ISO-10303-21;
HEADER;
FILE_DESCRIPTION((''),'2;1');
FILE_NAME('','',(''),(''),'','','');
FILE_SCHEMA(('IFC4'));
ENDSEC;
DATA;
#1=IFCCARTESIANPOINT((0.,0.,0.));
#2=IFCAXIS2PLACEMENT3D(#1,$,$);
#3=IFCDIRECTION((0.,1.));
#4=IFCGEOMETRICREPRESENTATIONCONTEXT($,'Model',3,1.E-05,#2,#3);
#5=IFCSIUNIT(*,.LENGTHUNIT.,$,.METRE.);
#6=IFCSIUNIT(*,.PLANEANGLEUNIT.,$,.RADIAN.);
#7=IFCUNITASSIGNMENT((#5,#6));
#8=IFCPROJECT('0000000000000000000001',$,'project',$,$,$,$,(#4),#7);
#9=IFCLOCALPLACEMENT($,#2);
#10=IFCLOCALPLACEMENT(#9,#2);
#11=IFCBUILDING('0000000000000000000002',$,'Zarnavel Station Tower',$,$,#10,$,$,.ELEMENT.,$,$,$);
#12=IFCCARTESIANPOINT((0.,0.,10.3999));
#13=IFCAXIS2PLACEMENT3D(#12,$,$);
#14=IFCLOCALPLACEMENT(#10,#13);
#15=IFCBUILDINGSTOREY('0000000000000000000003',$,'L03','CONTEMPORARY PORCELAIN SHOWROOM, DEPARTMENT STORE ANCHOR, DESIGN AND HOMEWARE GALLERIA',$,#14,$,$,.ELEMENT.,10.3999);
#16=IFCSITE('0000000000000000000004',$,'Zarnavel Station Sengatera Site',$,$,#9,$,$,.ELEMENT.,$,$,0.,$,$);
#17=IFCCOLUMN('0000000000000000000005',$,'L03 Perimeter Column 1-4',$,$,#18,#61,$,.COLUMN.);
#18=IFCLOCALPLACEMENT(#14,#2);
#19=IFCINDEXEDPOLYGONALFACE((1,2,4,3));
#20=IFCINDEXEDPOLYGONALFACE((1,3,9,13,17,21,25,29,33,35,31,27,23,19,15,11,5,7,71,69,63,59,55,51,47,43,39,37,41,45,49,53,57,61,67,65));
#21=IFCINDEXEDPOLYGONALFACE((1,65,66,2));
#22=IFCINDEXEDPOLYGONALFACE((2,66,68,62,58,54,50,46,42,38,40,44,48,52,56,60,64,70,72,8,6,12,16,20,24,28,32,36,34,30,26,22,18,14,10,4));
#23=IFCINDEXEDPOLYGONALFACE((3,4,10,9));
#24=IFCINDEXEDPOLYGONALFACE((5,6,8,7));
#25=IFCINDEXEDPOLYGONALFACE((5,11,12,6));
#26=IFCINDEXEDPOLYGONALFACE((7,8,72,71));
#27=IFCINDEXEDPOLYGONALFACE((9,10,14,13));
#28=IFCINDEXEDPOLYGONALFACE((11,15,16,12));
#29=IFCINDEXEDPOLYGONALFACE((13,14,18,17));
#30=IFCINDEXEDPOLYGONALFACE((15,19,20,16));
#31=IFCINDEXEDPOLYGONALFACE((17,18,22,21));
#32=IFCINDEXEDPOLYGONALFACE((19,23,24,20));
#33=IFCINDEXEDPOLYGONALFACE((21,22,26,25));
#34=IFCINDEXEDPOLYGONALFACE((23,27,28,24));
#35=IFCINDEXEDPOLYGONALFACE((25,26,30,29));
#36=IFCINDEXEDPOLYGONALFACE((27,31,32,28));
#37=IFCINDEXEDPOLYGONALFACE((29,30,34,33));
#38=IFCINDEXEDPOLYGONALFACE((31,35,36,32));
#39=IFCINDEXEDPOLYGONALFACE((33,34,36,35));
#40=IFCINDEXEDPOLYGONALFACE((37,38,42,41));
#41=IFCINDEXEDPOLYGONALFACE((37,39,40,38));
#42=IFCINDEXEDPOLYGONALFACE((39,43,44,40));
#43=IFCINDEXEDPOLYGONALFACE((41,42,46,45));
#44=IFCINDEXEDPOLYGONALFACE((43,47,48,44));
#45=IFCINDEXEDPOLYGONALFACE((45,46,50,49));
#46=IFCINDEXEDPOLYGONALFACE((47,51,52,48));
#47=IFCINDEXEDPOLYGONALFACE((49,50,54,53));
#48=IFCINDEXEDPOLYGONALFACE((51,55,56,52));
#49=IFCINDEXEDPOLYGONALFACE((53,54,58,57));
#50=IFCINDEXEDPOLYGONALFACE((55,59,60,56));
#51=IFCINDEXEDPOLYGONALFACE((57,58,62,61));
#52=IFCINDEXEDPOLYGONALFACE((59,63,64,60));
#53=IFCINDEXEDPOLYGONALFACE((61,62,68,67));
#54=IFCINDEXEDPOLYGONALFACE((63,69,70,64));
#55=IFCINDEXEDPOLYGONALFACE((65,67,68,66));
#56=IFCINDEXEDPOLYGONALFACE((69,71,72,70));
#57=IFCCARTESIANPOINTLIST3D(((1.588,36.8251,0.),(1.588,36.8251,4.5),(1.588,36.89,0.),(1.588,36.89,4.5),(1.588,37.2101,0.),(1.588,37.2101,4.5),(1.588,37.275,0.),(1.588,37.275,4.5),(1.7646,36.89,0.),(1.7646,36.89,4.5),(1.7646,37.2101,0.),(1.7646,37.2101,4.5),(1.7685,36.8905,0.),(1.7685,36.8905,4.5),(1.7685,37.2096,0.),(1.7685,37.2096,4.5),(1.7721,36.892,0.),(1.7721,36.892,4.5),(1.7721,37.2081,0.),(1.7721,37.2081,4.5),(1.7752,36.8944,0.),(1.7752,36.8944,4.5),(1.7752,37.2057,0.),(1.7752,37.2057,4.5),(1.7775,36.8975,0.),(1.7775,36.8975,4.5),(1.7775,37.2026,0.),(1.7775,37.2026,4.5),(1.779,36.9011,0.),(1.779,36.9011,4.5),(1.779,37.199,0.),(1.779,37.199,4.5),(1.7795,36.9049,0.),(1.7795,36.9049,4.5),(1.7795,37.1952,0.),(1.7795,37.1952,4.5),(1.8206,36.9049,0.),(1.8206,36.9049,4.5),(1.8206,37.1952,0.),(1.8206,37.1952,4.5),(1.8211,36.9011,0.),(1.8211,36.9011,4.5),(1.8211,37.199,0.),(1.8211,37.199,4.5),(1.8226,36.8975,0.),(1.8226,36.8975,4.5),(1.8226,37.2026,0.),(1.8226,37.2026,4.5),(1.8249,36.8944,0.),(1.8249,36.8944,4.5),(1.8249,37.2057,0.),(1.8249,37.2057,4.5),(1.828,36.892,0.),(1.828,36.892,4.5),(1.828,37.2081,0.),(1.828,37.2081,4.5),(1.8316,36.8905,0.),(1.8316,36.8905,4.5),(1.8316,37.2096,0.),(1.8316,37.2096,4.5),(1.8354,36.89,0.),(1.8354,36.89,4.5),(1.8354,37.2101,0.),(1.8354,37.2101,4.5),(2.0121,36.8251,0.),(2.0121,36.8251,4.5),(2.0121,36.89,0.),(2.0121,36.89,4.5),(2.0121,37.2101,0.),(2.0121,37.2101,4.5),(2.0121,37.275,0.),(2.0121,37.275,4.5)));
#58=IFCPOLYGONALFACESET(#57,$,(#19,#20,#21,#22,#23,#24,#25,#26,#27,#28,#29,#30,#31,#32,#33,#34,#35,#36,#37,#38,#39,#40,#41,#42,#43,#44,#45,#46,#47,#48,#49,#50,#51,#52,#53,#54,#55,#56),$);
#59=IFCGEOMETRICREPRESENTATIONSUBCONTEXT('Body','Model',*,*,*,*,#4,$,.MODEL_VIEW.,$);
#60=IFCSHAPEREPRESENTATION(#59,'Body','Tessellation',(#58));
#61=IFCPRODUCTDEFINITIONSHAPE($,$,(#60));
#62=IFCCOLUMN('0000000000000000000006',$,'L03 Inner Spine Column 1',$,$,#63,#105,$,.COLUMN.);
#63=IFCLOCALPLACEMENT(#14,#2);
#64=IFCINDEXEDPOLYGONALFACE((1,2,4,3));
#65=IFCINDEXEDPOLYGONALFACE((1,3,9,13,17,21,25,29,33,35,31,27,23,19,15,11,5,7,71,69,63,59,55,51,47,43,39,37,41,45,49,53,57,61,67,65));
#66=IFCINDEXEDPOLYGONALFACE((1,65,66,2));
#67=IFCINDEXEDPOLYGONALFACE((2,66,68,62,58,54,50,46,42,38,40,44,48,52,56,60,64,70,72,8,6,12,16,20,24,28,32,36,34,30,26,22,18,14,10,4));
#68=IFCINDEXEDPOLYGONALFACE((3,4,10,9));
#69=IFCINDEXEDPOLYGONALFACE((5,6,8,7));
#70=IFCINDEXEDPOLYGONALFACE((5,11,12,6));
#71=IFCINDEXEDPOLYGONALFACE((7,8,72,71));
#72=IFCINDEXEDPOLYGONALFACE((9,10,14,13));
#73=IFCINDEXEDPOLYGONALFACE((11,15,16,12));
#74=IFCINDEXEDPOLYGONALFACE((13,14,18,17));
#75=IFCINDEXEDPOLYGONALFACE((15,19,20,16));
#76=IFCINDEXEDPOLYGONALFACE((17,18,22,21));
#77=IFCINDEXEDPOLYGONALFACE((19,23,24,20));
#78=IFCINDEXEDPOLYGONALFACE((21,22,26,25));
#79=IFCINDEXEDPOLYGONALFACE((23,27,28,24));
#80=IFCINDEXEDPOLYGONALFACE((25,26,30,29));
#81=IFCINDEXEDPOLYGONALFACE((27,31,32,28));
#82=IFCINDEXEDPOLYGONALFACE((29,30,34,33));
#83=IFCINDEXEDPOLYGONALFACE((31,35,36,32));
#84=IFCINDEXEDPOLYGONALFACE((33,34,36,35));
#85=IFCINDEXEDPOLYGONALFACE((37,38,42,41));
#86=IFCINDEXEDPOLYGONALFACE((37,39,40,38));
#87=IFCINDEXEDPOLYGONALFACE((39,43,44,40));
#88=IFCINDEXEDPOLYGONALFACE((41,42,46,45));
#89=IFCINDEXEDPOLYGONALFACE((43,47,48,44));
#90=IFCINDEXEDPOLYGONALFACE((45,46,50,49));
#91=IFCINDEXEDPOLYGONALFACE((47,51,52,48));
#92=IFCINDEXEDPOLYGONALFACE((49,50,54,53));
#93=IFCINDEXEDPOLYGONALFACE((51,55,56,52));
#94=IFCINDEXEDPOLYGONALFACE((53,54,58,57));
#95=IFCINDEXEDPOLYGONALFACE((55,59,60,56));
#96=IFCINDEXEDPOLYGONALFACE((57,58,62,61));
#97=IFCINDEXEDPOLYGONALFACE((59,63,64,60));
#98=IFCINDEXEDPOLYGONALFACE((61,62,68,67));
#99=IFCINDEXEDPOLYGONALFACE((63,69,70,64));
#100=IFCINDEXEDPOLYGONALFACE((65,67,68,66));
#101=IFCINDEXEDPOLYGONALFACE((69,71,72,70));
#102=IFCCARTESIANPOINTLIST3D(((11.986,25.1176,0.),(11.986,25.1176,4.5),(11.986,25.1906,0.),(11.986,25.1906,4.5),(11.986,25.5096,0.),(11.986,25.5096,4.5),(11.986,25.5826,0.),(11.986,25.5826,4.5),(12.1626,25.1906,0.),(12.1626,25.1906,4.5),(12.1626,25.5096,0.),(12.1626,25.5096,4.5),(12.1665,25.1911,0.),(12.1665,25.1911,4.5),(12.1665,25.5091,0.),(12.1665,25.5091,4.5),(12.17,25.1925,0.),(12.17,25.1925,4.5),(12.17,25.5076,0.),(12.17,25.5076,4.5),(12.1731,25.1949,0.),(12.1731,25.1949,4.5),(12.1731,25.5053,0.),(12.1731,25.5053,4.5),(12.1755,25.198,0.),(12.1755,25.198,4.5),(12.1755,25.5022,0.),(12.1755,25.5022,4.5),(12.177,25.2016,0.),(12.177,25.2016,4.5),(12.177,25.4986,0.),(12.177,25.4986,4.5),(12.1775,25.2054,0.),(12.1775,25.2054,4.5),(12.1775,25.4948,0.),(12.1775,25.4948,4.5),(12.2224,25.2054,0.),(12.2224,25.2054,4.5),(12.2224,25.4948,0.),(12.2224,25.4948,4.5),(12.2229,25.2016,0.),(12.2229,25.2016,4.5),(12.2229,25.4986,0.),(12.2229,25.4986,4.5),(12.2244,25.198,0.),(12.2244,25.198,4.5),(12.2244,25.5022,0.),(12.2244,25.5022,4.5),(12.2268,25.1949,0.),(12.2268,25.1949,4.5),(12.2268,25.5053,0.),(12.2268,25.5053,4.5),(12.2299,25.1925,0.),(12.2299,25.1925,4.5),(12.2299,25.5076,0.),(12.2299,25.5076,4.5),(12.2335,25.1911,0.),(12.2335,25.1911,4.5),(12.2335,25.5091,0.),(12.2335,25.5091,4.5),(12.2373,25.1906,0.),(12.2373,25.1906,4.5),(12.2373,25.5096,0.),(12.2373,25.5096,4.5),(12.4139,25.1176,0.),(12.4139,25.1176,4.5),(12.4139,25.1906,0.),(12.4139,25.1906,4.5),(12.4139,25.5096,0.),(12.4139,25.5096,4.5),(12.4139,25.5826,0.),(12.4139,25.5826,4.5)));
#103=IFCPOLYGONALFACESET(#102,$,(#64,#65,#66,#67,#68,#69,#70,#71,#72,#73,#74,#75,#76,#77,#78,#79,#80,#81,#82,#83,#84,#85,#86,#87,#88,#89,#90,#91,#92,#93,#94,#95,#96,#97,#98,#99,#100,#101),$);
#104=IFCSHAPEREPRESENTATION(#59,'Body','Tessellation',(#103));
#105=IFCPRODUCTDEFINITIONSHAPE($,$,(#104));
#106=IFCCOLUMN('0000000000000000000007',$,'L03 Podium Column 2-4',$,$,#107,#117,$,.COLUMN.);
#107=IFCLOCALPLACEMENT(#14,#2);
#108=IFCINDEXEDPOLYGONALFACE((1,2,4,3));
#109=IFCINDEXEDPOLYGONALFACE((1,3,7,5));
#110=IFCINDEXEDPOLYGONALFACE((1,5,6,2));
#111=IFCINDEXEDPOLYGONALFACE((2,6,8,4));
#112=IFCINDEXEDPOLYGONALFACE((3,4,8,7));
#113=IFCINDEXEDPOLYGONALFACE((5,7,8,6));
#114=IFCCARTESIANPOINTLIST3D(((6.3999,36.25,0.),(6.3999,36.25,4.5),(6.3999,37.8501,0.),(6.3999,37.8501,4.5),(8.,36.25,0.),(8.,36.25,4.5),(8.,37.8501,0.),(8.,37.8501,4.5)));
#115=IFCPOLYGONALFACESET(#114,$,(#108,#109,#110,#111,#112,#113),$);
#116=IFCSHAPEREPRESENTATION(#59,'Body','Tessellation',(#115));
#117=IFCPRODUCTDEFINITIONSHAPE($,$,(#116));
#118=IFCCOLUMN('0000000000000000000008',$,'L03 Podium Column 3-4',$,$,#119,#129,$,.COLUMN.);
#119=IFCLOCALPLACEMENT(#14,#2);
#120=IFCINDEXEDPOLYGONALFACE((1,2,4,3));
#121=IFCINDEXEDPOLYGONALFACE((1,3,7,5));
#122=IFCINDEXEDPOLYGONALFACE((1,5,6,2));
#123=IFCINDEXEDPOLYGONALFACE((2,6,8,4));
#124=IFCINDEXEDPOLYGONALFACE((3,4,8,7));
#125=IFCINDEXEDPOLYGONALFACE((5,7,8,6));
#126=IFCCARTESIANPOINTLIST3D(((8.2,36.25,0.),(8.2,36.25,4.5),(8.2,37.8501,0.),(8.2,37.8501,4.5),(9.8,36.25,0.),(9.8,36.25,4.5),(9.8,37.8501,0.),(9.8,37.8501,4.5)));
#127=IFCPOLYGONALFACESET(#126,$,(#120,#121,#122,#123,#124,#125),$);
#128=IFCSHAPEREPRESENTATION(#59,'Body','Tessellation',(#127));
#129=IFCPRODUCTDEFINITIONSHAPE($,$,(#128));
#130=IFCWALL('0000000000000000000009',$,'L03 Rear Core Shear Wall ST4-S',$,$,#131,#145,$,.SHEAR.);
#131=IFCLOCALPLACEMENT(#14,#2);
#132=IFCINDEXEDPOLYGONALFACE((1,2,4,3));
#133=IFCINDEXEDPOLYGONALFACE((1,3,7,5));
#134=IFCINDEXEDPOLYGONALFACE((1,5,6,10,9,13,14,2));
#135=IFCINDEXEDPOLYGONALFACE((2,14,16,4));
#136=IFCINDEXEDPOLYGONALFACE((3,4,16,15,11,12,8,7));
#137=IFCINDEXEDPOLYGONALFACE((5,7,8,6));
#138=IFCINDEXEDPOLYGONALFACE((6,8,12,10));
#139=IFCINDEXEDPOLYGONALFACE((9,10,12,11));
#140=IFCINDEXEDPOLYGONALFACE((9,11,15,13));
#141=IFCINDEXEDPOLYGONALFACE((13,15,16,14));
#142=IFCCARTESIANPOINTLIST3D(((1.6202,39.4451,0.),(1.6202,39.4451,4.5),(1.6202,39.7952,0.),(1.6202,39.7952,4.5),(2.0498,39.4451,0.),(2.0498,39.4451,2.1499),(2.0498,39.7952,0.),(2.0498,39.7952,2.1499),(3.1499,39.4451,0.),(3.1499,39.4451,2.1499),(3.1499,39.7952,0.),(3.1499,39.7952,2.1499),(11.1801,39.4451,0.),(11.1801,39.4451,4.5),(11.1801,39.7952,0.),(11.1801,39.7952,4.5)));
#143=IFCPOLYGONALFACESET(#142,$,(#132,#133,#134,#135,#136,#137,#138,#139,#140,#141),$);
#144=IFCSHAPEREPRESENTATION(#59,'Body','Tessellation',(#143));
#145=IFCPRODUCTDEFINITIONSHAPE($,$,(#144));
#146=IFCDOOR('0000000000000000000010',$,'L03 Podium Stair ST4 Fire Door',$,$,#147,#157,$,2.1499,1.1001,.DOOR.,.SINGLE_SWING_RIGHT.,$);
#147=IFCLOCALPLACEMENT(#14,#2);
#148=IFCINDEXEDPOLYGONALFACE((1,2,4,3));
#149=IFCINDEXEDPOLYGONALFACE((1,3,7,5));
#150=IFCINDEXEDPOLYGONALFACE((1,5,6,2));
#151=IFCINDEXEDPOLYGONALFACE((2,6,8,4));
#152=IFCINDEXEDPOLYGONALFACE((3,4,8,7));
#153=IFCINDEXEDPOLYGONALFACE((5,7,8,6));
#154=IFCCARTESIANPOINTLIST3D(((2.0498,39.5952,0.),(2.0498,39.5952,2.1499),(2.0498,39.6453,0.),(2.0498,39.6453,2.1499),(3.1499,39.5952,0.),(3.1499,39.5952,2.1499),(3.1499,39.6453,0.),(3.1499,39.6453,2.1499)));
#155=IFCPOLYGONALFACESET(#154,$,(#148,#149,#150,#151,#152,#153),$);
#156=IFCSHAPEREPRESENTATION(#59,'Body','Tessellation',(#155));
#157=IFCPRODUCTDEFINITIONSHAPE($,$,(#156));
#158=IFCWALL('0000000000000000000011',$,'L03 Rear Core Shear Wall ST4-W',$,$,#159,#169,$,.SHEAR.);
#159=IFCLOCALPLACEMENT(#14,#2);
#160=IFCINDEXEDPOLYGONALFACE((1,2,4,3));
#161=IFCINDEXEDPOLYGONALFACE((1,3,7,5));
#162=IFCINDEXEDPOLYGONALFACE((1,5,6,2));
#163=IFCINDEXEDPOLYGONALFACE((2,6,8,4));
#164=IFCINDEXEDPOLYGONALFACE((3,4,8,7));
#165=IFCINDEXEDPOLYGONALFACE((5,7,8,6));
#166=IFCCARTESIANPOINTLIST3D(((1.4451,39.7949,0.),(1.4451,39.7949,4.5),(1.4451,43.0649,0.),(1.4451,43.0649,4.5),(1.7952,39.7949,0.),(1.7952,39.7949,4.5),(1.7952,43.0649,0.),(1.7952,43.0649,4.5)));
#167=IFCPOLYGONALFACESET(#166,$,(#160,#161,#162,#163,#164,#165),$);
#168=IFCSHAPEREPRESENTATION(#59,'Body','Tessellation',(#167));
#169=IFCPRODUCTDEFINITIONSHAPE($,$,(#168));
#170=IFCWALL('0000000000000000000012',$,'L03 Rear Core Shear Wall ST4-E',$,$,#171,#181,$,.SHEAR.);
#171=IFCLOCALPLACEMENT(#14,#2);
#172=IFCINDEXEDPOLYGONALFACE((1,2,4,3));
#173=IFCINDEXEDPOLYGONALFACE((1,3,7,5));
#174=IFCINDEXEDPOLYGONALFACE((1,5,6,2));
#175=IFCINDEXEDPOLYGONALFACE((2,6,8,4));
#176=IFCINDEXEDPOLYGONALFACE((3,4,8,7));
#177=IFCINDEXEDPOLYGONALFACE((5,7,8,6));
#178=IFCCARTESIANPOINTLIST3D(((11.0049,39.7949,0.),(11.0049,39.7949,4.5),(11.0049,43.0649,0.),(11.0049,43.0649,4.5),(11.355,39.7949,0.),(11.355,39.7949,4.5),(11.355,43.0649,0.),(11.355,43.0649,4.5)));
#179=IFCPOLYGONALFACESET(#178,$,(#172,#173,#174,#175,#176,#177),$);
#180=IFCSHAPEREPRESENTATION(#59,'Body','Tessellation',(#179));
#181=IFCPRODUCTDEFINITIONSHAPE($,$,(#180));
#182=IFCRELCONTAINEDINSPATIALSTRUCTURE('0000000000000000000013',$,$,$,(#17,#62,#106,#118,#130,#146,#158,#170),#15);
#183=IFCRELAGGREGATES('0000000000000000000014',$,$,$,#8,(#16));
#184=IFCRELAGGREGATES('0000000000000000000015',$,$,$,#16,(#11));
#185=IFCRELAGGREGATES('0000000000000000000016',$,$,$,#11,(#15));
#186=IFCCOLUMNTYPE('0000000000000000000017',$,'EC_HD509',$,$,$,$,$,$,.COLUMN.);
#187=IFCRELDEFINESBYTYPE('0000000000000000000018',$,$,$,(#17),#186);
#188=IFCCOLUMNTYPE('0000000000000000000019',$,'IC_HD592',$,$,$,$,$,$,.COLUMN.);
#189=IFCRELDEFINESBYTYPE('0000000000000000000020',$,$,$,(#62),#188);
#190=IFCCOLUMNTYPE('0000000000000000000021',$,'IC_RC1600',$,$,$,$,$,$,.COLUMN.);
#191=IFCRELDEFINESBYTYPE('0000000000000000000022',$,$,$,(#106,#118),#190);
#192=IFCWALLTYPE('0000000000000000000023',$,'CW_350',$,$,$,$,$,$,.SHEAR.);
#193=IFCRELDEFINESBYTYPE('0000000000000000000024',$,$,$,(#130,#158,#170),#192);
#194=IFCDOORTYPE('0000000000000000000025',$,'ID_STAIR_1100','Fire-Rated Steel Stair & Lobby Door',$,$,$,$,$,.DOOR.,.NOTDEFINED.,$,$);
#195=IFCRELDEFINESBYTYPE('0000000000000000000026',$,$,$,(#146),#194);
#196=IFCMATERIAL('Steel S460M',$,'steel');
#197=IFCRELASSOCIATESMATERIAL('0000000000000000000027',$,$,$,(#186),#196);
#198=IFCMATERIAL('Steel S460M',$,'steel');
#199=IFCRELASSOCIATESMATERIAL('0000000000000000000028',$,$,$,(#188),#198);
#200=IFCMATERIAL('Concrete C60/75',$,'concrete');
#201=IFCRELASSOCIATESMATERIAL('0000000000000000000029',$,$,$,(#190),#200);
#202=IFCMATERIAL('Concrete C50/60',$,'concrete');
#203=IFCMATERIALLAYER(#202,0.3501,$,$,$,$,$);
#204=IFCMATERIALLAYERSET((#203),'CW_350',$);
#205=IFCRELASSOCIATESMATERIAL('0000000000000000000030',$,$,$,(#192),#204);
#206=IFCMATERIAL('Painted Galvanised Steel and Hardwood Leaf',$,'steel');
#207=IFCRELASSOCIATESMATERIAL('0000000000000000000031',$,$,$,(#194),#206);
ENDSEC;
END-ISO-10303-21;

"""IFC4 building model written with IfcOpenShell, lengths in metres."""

from ifc_helpers import new_model, si_unit, direction, frame, frame_2d, origin, origin_2d, place, context, subcontext, project, spatial, rectangle, i_section, extrude, material, layer, layer_set, material_profile, profile_set, type_object, element, fill, save


model = new_model("IFC4")

# Units and contexts
model_context = context("Model", 3, precision=1e-05, world=origin(), true_north=direction((0.0, 1.0)))
body_context = subcontext(model_context, "Body", "Model", "MODEL_VIEW")
ifc_project = project(units=[si_unit("LENGTHUNIT", "METRE"), si_unit("PLANEANGLEUNIT", "RADIAN")], contexts=[model_context])

# Site, building, storey
site_placement = place(None, origin())
site = spatial("IfcSite", under=ifc_project, at=site_placement, Name="Zarnavel Station Sengatera Site", CompositionType="ELEMENT", RefElevation=0.0)
building_placement = place(site_placement, origin())
building = spatial("IfcBuilding", under=site, at=building_placement, Name="Zarnavel Station Tower", CompositionType="ELEMENT")
storey_placement = place(building_placement, frame((0.0, 0.0, 10.3999)))
storey = spatial("IfcBuildingStorey", under=building, at=storey_placement, Name="L03", Description="CONTEMPORARY PORCELAIN SHOWROOM, DEPARTMENT STORE ANCHOR, DESIGN AND HOMEWARE GALLERIA", CompositionType="ELEMENT", Elevation=10.3999)

# Columns
ifc_material_1 = material(Name="Steel S460M", Category="steel")
ifc_material_profile_1 = material_profile(ifc_material_1, i_section(OverallWidth=0.4241, OverallDepth=0.45, WebThickness=0.041, FlangeThickness=0.0649, FilletRadius=0.0149, at=origin_2d()), Name="HD400x509")
ifc_profile_set_1 = profile_set([ifc_material_profile_1], Name="Steel S460M")
column_type_1 = type_object("IfcColumnType", Name="EC_HD509", PredefinedType="COLUMN", material=ifc_profile_set_1)
column_1_placement = place(storey_placement, frame((1.8, 37.05, 0.0), z_axis=(0.0, 0.0, 1.0), x_axis=(1.0, 0.0, 0.0)))
element("IfcColumn", 1, at=column_1_placement, inside=storey, type_object=column_type_1, Name="L03 Perimeter Column 1-4", PredefinedType="COLUMN", context=body_context, shape_type="SweptSolid", body=[
    extrude(i_section(OverallWidth=0.4241, OverallDepth=0.45, WebThickness=0.041, FlangeThickness=0.0649, FilletRadius=0.0149, at=origin_2d()), origin(), (0.0, 0.0, 1.0), 4.5),
])
ifc_material_2 = material(Name="Steel S460M", Category="steel")
ifc_material_profile_2 = material_profile(ifc_material_2, i_section(OverallWidth=0.428, OverallDepth=0.4651, WebThickness=0.0449, FlangeThickness=0.073, FilletRadius=0.0149, at=origin_2d()), Name="HD400x592")
ifc_profile_set_2 = profile_set([ifc_material_profile_2], Name="Steel S460M")
column_type_2 = type_object("IfcColumnType", Name="IC_HD592", PredefinedType="COLUMN", material=ifc_profile_set_2)
column_2_placement = place(storey_placement, frame((12.2, 25.3501, 0.0), z_axis=(0.0, 0.0, 1.0), x_axis=(1.0, 0.0, 0.0)))
element("IfcColumn", 2, at=column_2_placement, inside=storey, type_object=column_type_2, Name="L03 Inner Spine Column 1", PredefinedType="COLUMN", context=body_context, shape_type="SweptSolid", body=[
    extrude(i_section(OverallWidth=0.428, OverallDepth=0.4651, WebThickness=0.0449, FlangeThickness=0.073, FilletRadius=0.0149, at=origin_2d()), origin(), (0.0, 0.0, 1.0), 4.5),
])
ifc_material_3 = material(Name="Concrete C60/75", Category="concrete")
ifc_material_profile_3 = material_profile(ifc_material_3, rectangle(XDim=1.6001, YDim=1.6001, at=origin_2d()), Name="RC1600x1600")
ifc_profile_set_3 = profile_set([ifc_material_profile_3], Name="Concrete C60/75")
column_type_3 = type_object("IfcColumnType", Name="IC_RC1600", PredefinedType="COLUMN", material=ifc_profile_set_3)
for number, where, z_axis, x_axis, name in (
    (3, (7.2, 37.05, 0.0), (0.0, 0.0, 1.0), (1.0, 0.0, 0.0), "L03 Podium Column 2-4"),
    (4, (9.0, 37.05, 0.0), (0.0, 0.0, 1.0), (1.0, 0.0, 0.0), "L03 Podium Column 3-4"),
):
    element("IfcColumn", number, at=place(storey_placement, frame(where, z_axis=z_axis, x_axis=x_axis)), inside=storey, type_object=column_type_3, Name=name, PredefinedType="COLUMN", context=body_context, shape_type="SweptSolid", body=[
        extrude(rectangle(XDim=1.6001, YDim=1.6001, at=origin_2d()), origin(), (0.0, 0.0, 1.0), 4.5),
    ])

# Wall, opening, door
ifc_material_4 = material(Name="Concrete C50/60", Category="concrete")
ifc_layer_1 = layer(ifc_material_4, 0.3501)
ifc_layer_set_1 = layer_set([ifc_layer_1], Name="CW_350")
wall_type_1 = type_object("IfcWallType", Name="CW_350", PredefinedType="SHEAR", material=ifc_layer_set_1)
wall_1_placement = place(storey_placement, frame((11.1799, 39.6201, 0.0), z_axis=(0.0, 0.0, 1.0), x_axis=(-1.0, 0.0, 0.0)))
wall_1 = element("IfcWall", 5, at=wall_1_placement, inside=storey, type_object=wall_type_1, Name="L03 Rear Core Shear Wall ST4-S", PredefinedType="SHEAR", context=body_context, shape_type="SweptSolid", body=[
    extrude(rectangle(XDim=9.5598, YDim=0.3501, at=frame_2d((4.7798, 0.0))), origin(), (0.0, 0.0, 1.0), 4.5),
])
opening_1_placement = place(wall_1_placement, frame((8.03, 0.0, 0.0)))
opening_1 = element("IfcOpeningElement", 6, at=opening_1_placement, cuts=wall_1, PredefinedType="OPENING", context=body_context, shape_type="SweptSolid", body=[
    extrude(rectangle(XDim=1.1001, YDim=2.1499, at=frame_2d((0.55, 1.075))), frame((0.0, 0.1851, 0.0), z_axis=(0.0, -1.0, 0.0), x_axis=(1.0, 0.0, 0.0)), (0.0, 0.0, 1.0), 0.3701),
])
ifc_material_5 = material(Name="Painted Galvanised Steel and Hardwood Leaf", Category="steel")
door_type_1 = type_object("IfcDoorType", Name="ID_STAIR_1100", Description="Fire-Rated Steel Stair & Lobby Door", OperationType="NOTDEFINED", PredefinedType="DOOR", material=ifc_material_5)
door_1_placement = place(opening_1_placement, origin())
door_1 = element("IfcDoor", 7, at=door_1_placement, inside=storey, type_object=door_type_1, Name="L03 Podium Stair ST4 Fire Door", OperationType="SINGLE_SWING_RIGHT", OverallHeight=2.1499, OverallWidth=1.1001, PredefinedType="DOOR", context=body_context, shape_type="SweptSolid", body=[
    extrude(rectangle(XDim=1.1001, YDim=2.1499, at=frame_2d((0.55, 1.075))), frame((0.0, 0.0249, 0.0), z_axis=(0.0, -1.0, 0.0), x_axis=(1.0, 0.0, 0.0)), (0.0, 0.0, 1.0), 0.05),
])
fill(opening_1, door_1)

# Walls
for number, where, z_axis, x_axis, name in (
    (8, (1.6201, 39.7949, 0.0), (0.0, 0.0, 1.0), (0.0, 1.0, 0.0), "L03 Rear Core Shear Wall ST4-W"),
    (9, (11.1799, 39.7949, 0.0), (0.0, 0.0, 1.0), (0.0, 1.0, 0.0), "L03 Rear Core Shear Wall ST4-E"),
):
    element("IfcWall", number, at=place(storey_placement, frame(where, z_axis=z_axis, x_axis=x_axis)), inside=storey, type_object=wall_type_1, Name=name, PredefinedType="SHEAR", context=body_context, shape_type="SweptSolid", body=[
        extrude(rectangle(XDim=3.27, YDim=0.3501, at=frame_2d((1.635, 0.0))), origin(), (0.0, 0.0, 1.0), 4.5),
    ])

save(model, "model.ifc")
